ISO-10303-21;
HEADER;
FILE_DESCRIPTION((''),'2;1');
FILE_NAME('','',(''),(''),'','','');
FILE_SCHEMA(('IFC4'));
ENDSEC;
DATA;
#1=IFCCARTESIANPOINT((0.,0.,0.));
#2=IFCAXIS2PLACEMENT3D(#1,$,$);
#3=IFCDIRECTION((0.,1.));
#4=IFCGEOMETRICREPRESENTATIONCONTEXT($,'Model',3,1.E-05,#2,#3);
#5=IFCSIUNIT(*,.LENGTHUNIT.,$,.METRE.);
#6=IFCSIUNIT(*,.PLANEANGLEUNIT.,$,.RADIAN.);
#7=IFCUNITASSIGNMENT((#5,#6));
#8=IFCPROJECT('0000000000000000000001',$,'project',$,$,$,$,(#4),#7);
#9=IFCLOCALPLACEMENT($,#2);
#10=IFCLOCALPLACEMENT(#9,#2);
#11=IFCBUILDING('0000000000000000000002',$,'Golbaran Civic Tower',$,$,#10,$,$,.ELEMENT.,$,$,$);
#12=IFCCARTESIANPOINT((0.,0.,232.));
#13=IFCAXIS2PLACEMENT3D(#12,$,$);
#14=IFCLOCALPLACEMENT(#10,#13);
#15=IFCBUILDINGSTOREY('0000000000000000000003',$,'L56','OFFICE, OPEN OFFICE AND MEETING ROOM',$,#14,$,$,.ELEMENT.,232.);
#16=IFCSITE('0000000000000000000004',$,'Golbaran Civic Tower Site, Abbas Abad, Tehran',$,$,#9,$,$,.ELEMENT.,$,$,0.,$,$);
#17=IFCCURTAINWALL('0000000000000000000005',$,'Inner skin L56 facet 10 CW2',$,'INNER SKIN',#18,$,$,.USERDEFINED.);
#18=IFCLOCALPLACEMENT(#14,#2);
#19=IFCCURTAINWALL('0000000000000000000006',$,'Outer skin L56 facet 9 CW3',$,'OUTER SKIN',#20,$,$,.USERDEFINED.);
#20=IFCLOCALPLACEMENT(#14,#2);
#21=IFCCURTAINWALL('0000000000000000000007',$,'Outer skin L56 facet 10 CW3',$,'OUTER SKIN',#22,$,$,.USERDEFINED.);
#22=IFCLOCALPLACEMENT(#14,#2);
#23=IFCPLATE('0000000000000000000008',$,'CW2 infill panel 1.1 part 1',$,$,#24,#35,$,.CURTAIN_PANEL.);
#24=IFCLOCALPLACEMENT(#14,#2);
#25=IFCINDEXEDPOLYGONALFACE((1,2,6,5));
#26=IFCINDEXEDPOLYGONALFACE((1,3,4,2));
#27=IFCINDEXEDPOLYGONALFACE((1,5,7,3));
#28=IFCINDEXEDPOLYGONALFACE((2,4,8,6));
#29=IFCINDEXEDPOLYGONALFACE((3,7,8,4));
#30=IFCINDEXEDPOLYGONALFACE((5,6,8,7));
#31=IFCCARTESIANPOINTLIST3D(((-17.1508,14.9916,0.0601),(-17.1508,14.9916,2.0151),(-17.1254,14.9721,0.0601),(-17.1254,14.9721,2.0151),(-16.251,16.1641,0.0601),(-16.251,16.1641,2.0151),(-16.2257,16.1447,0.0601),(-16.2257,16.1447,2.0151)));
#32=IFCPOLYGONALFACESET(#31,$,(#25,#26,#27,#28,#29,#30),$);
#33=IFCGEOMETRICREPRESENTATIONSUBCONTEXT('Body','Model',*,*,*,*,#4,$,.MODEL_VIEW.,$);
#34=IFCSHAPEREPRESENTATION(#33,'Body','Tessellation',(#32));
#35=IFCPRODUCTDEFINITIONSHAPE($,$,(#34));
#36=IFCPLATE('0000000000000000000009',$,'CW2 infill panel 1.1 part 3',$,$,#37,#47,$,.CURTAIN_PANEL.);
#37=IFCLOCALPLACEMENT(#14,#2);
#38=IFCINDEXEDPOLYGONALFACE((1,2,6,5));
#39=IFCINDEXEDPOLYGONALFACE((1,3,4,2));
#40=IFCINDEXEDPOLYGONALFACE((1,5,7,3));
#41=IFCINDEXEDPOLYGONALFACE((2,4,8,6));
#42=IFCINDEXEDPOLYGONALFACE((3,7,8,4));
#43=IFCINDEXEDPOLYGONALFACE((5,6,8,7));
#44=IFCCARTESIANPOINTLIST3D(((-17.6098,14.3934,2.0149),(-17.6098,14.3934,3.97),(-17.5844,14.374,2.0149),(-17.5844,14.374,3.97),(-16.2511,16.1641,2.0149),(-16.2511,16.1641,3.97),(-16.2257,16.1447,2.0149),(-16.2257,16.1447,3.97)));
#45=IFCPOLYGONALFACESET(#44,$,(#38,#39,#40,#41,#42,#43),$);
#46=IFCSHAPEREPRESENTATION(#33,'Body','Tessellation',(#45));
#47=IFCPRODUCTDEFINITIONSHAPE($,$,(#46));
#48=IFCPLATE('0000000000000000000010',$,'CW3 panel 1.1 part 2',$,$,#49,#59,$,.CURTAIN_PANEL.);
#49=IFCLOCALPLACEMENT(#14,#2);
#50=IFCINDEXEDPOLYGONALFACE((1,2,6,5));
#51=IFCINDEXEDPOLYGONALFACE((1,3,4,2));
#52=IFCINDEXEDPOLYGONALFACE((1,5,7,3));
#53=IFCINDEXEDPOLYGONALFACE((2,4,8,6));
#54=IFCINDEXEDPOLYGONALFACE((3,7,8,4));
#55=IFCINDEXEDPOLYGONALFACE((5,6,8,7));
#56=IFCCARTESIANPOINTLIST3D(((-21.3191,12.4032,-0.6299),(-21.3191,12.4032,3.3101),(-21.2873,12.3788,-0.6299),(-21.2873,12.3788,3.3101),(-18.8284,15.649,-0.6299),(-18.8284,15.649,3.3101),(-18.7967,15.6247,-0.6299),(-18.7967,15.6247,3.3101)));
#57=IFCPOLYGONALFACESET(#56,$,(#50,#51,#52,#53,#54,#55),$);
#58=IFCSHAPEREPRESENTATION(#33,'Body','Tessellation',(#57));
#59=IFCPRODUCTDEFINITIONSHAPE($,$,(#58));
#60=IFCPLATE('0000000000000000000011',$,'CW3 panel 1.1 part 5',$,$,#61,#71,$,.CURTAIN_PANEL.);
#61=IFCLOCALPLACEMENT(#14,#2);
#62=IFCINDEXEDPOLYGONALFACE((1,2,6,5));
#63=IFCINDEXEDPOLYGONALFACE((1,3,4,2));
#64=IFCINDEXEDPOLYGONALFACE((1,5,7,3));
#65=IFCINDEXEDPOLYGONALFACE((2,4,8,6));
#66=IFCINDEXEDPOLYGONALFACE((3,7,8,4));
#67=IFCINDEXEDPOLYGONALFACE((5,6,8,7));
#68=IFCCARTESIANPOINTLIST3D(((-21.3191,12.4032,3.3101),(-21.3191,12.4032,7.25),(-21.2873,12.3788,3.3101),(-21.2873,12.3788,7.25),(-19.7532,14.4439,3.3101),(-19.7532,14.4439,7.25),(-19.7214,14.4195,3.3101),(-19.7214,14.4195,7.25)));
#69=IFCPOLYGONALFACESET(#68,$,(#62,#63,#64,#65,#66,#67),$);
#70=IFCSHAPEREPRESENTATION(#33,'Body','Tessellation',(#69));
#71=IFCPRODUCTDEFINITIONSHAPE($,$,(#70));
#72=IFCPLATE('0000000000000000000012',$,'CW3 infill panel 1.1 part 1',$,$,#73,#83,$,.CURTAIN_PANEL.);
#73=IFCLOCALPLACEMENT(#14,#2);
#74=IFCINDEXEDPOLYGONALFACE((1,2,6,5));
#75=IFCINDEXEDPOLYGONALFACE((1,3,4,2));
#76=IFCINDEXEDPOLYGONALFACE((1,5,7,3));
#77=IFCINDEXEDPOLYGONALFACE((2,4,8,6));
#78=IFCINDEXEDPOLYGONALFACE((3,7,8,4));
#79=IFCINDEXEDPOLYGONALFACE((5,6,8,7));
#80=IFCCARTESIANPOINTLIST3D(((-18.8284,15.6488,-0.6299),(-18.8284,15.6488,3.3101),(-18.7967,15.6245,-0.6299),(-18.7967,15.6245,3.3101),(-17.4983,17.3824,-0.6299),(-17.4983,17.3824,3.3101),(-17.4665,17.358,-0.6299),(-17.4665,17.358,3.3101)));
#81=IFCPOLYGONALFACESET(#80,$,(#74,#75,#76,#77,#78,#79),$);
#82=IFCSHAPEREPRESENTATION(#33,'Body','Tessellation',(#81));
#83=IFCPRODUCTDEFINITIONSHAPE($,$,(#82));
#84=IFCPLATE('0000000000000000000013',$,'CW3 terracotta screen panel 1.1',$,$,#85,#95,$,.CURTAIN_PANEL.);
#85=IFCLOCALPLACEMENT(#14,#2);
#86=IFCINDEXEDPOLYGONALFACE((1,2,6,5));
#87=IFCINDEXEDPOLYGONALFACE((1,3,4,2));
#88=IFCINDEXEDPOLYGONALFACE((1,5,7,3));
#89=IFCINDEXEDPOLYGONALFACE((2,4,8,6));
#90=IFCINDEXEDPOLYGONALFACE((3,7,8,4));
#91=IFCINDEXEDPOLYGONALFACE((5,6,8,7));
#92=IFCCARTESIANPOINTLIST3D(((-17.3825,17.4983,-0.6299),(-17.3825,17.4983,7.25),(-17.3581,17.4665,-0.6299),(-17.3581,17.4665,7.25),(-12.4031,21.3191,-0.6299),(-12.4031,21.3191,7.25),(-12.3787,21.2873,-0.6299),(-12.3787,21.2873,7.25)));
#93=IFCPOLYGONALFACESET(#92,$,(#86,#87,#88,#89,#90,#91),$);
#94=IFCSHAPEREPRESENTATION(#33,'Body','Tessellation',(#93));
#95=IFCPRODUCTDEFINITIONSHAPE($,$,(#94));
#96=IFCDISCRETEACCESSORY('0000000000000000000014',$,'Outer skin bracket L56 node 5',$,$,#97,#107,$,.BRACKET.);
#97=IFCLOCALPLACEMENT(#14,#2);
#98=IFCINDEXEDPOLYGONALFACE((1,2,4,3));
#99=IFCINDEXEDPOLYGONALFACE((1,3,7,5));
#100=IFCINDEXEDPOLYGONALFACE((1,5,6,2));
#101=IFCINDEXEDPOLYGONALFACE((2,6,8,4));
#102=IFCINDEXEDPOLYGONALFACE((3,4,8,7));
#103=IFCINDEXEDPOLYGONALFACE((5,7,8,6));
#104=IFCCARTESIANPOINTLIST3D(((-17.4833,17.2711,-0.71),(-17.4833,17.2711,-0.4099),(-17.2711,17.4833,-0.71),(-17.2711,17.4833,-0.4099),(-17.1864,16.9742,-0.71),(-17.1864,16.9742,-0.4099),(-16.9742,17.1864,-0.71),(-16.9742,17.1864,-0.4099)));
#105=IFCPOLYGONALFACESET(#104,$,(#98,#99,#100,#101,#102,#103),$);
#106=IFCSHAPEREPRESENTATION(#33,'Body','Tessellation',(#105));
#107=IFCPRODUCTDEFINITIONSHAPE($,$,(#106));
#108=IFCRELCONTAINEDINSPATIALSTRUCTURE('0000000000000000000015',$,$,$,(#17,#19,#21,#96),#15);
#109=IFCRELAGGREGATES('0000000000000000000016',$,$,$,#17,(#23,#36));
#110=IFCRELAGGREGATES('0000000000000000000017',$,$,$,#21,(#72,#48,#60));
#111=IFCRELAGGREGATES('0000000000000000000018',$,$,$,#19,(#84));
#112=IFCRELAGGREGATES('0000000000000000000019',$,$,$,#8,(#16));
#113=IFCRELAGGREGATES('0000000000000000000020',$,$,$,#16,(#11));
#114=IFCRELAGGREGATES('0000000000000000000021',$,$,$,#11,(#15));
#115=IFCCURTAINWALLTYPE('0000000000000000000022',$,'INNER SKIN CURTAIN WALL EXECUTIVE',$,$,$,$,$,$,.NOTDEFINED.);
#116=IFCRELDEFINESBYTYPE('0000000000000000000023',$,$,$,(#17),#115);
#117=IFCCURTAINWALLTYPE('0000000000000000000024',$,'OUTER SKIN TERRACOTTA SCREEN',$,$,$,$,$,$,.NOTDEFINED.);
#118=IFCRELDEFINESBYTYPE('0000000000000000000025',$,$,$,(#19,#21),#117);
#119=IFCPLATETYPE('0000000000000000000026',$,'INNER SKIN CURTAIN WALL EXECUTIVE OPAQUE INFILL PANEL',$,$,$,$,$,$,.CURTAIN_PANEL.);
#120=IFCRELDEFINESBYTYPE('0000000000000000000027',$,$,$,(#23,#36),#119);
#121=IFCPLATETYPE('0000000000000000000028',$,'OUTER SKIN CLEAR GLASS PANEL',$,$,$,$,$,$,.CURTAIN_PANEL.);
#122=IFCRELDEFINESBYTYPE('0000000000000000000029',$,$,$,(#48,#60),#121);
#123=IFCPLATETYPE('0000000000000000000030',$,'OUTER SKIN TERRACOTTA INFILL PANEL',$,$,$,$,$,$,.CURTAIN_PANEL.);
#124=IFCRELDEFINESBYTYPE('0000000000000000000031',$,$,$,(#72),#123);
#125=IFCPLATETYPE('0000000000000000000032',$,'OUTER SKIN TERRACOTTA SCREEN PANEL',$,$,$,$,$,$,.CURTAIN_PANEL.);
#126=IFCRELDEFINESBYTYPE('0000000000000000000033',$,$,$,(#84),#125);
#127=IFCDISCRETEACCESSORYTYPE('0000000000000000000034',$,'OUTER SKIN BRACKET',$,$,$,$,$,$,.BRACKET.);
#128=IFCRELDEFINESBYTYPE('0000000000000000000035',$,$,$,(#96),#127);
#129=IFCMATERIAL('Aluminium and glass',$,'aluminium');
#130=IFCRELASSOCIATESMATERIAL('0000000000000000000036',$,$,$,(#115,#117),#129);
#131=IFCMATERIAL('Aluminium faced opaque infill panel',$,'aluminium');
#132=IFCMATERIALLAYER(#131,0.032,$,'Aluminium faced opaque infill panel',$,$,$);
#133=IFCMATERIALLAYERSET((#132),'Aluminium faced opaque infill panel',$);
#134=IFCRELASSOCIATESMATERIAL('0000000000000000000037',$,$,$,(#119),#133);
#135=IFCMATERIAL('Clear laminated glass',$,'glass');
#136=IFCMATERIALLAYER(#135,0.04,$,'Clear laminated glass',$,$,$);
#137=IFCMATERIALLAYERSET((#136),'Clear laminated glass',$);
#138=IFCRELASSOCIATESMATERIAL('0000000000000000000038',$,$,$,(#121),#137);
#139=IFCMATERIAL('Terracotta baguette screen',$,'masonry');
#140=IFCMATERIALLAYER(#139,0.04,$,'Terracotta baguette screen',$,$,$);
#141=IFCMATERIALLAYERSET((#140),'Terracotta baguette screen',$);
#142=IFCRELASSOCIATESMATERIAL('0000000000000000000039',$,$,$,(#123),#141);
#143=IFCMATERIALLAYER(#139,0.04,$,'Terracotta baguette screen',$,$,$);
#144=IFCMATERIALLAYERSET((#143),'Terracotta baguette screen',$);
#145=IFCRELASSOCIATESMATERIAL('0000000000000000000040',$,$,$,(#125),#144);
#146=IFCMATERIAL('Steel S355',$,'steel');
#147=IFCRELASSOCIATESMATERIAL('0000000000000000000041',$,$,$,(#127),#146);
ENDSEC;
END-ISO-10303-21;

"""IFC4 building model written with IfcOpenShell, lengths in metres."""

from ifc_helpers import new_model, si_unit, direction, frame, origin, origin_2d, place, context, subcontext, project, spatial, rectangle, extrude, material, layer, layer_set, type_object, element, aggregate, save


model = new_model("IFC4")

# Units and contexts
model_context = context("Model", 3, precision=1e-05, world=origin(), true_north=direction((0.0, 1.0)))
body_context = subcontext(model_context, "Body", "Model", "MODEL_VIEW")
ifc_project = project(units=[si_unit("LENGTHUNIT", "METRE"), si_unit("PLANEANGLEUNIT", "RADIAN")], contexts=[model_context])

# Site, building, storey
site_placement = place(None, origin())
site = spatial("IfcSite", under=ifc_project, at=site_placement, Name="Golbaran Civic Tower Site, Abbas Abad, Tehran", CompositionType="ELEMENT", RefElevation=0.0)
building_placement = place(site_placement, origin())
building = spatial("IfcBuilding", under=site, at=building_placement, Name="Golbaran Civic Tower", CompositionType="ELEMENT")
storey_placement = place(building_placement, frame((0.0, 0.0, 232.0)))
storey = spatial("IfcBuildingStorey", under=building, at=storey_placement, Name="L56", Description="OFFICE, OPEN OFFICE AND MEETING ROOM", CompositionType="ELEMENT", Elevation=232.0)

# Shared definitions
ifc_material_1 = material(Name="Steel S355", Category="steel")

# Shared definitions
ifc_material_2 = material(Name="Aluminium and glass", Category="aluminium")
curtain_wall_type_1 = type_object("IfcCurtainWallType", Name="INNER SKIN CURTAIN WALL EXECUTIVE", PredefinedType="NOTDEFINED", material=ifc_material_2)

# Curtain wall
curtain_wall_1_placement = place(storey_placement, origin())
curtain_wall_1 = element("IfcCurtainWall", 1, at=curtain_wall_1_placement, inside=storey, type_object=curtain_wall_type_1, Name="Inner skin L56 facet 10 CW2", ObjectType="INNER SKIN", PredefinedType="USERDEFINED")

# Curtain wall
curtain_wall_type_2 = type_object("IfcCurtainWallType", Name="OUTER SKIN TERRACOTTA SCREEN", PredefinedType="NOTDEFINED", material=ifc_material_2)
curtain_wall_2_placement = place(storey_placement, origin())
curtain_wall_2 = element("IfcCurtainWall", 2, at=curtain_wall_2_placement, inside=storey, type_object=curtain_wall_type_2, Name="Outer skin L56 facet 9 CW3", ObjectType="OUTER SKIN", PredefinedType="USERDEFINED")

# Curtain wall
curtain_wall_3_placement = place(storey_placement, origin())
curtain_wall_3 = element("IfcCurtainWall", 3, at=curtain_wall_3_placement, inside=storey, type_object=curtain_wall_type_2, Name="Outer skin L56 facet 10 CW3", ObjectType="OUTER SKIN", PredefinedType="USERDEFINED")

# Plates
ifc_material_3 = material(Name="Aluminium faced opaque infill panel", Category="aluminium")
ifc_layer_1 = layer(ifc_material_3, 0.032, Name="Aluminium faced opaque infill panel")
ifc_layer_set_1 = layer_set([ifc_layer_1], Name="Aluminium faced opaque infill panel")
plate_type_1 = type_object("IfcPlateType", Name="INNER SKIN CURTAIN WALL EXECUTIVE OPAQUE INFILL PANEL", PredefinedType="CURTAIN_PANEL", material=ifc_layer_set_1)
plate_1_placement = place(storey_placement, frame((-16.6882, 15.5681, 0.0601), z_axis=(0.0, 0.0, 1.0), x_axis=(-0.608761, -0.793353, 0.0)))
plate_1 = element("IfcPlate", 4, at=plate_1_placement, type_object=plate_type_1, Name="CW2 infill panel 1.1 part 1", PredefinedType="CURTAIN_PANEL", context=body_context, shape_type="SweptSolid", body=[
    extrude(rectangle(XDim=1.478, YDim=0.032, at=origin_2d()), origin(), (0.0, 0.0, 1.0), 1.9551),
])
plate_2_placement = place(storey_placement, frame((-16.9177, 15.269, 2.0149), z_axis=(0.0, 0.0, 1.0), x_axis=(-0.608761, -0.793353, 0.0)))
plate_2 = element("IfcPlate", 5, at=plate_2_placement, type_object=plate_type_1, Name="CW2 infill panel 1.1 part 3", PredefinedType="CURTAIN_PANEL", context=body_context, shape_type="SweptSolid", body=[
    extrude(rectangle(XDim=2.2319, YDim=0.032, at=origin_2d()), origin(), (0.0, 0.0, 1.0), 1.9551),
])
aggregate(curtain_wall_1, [plate_1, plate_2])
ifc_material_4 = material(Name="Clear laminated glass", Category="glass")
ifc_layer_2 = layer(ifc_material_4, 0.04, Name="Clear laminated glass")
ifc_layer_set_2 = layer_set([ifc_layer_2], Name="Clear laminated glass")
plate_type_2 = type_object("IfcPlateType", Name="OUTER SKIN CLEAR GLASS PANEL", PredefinedType="CURTAIN_PANEL", material=ifc_layer_set_2)
plate_3_placement = place(storey_placement, frame((-20.0579, 14.0139, -0.6299), z_axis=(0.0, 0.0, 1.0), x_axis=(-0.608761, -0.793353, 0.0)))
plate_3 = element("IfcPlate", 6, at=plate_3_placement, type_object=plate_type_2, Name="CW3 panel 1.1 part 2", PredefinedType="CURTAIN_PANEL", context=body_context, shape_type="SweptSolid", body=[
    extrude(rectangle(XDim=4.0913, YDim=0.04, at=origin_2d()), origin(), (0.0, 0.0, 1.0), 3.9399),
])
plate_4_placement = place(storey_placement, frame((-20.5203, 13.4114, 3.3101), z_axis=(0.0, 0.0, 1.0), x_axis=(-0.608761, -0.793353, 0.0)))
plate_4 = element("IfcPlate", 7, at=plate_4_placement, type_object=plate_type_2, Name="CW3 panel 1.1 part 5", PredefinedType="CURTAIN_PANEL", context=body_context, shape_type="SweptSolid", body=[
    extrude(rectangle(XDim=2.5723, YDim=0.04, at=origin_2d()), origin(), (0.0, 0.0, 1.0), 3.9399),
])
ifc_material_5 = material(Name="Terracotta baguette screen", Category="masonry")
ifc_layer_3 = layer(ifc_material_5, 0.04, Name="Terracotta baguette screen")
ifc_layer_set_3 = layer_set([ifc_layer_3], Name="Terracotta baguette screen")
plate_type_3 = type_object("IfcPlateType", Name="OUTER SKIN TERRACOTTA INFILL PANEL", PredefinedType="CURTAIN_PANEL", material=ifc_layer_set_3)
plate_5_placement = place(storey_placement, frame((-18.1475, 16.5034, -0.6299), z_axis=(0.0, 0.0, 1.0), x_axis=(-0.608761, -0.793353, 0.0)))
plate_5 = element("IfcPlate", 8, at=plate_5_placement, type_object=plate_type_3, Name="CW3 infill panel 1.1 part 1", PredefinedType="CURTAIN_PANEL", context=body_context, shape_type="SweptSolid", body=[
    extrude(rectangle(XDim=2.1851, YDim=0.04, at=origin_2d()), origin(), (0.0, 0.0, 1.0), 3.9399),
])
aggregate(curtain_wall_3, [plate_5, plate_3, plate_4])
ifc_layer_4 = layer(ifc_material_5, 0.04, Name="Terracotta baguette screen")
ifc_layer_set_4 = layer_set([ifc_layer_4], Name="Terracotta baguette screen")
plate_type_4 = type_object("IfcPlateType", Name="OUTER SKIN TERRACOTTA SCREEN PANEL", PredefinedType="CURTAIN_PANEL", material=ifc_layer_set_4)
plate_6_placement = place(storey_placement, frame((-14.8806, 19.3928, -0.6299), z_axis=(0.0, 0.0, 1.0), x_axis=(-0.793353, -0.608761, 0.0)))
plate_6 = element("IfcPlate", 9, at=plate_6_placement, type_object=plate_type_4, Name="CW3 terracotta screen panel 1.1", PredefinedType="CURTAIN_PANEL", context=body_context, shape_type="SweptSolid", body=[
    extrude(rectangle(XDim=6.2764, YDim=0.04, at=origin_2d()), origin(), (0.0, 0.0, 1.0), 7.8799),
])
aggregate(curtain_wall_2, [plate_6])

# Discrete accessory
discrete_accessory_type = type_object("IfcDiscreteAccessoryType", Name="OUTER SKIN BRACKET", PredefinedType="BRACKET", material=ifc_material_1)
discrete_accessory_placement = place(storey_placement, frame((-17.2288, 17.2288, -0.71), z_axis=(0.0, 0.0, 1.0), x_axis=(-0.707107, 0.707107, 0.0)))
element("IfcDiscreteAccessory", 10, at=discrete_accessory_placement, inside=storey, type_object=discrete_accessory_type, Name="Outer skin bracket L56 node 5", PredefinedType="BRACKET", context=body_context, shape_type="SweptSolid", body=[
    extrude(rectangle(XDim=0.4199, YDim=0.3, at=origin_2d()), origin(), (0.0, 0.0, 1.0), 0.3),
])

save(model, "model.ifc")
